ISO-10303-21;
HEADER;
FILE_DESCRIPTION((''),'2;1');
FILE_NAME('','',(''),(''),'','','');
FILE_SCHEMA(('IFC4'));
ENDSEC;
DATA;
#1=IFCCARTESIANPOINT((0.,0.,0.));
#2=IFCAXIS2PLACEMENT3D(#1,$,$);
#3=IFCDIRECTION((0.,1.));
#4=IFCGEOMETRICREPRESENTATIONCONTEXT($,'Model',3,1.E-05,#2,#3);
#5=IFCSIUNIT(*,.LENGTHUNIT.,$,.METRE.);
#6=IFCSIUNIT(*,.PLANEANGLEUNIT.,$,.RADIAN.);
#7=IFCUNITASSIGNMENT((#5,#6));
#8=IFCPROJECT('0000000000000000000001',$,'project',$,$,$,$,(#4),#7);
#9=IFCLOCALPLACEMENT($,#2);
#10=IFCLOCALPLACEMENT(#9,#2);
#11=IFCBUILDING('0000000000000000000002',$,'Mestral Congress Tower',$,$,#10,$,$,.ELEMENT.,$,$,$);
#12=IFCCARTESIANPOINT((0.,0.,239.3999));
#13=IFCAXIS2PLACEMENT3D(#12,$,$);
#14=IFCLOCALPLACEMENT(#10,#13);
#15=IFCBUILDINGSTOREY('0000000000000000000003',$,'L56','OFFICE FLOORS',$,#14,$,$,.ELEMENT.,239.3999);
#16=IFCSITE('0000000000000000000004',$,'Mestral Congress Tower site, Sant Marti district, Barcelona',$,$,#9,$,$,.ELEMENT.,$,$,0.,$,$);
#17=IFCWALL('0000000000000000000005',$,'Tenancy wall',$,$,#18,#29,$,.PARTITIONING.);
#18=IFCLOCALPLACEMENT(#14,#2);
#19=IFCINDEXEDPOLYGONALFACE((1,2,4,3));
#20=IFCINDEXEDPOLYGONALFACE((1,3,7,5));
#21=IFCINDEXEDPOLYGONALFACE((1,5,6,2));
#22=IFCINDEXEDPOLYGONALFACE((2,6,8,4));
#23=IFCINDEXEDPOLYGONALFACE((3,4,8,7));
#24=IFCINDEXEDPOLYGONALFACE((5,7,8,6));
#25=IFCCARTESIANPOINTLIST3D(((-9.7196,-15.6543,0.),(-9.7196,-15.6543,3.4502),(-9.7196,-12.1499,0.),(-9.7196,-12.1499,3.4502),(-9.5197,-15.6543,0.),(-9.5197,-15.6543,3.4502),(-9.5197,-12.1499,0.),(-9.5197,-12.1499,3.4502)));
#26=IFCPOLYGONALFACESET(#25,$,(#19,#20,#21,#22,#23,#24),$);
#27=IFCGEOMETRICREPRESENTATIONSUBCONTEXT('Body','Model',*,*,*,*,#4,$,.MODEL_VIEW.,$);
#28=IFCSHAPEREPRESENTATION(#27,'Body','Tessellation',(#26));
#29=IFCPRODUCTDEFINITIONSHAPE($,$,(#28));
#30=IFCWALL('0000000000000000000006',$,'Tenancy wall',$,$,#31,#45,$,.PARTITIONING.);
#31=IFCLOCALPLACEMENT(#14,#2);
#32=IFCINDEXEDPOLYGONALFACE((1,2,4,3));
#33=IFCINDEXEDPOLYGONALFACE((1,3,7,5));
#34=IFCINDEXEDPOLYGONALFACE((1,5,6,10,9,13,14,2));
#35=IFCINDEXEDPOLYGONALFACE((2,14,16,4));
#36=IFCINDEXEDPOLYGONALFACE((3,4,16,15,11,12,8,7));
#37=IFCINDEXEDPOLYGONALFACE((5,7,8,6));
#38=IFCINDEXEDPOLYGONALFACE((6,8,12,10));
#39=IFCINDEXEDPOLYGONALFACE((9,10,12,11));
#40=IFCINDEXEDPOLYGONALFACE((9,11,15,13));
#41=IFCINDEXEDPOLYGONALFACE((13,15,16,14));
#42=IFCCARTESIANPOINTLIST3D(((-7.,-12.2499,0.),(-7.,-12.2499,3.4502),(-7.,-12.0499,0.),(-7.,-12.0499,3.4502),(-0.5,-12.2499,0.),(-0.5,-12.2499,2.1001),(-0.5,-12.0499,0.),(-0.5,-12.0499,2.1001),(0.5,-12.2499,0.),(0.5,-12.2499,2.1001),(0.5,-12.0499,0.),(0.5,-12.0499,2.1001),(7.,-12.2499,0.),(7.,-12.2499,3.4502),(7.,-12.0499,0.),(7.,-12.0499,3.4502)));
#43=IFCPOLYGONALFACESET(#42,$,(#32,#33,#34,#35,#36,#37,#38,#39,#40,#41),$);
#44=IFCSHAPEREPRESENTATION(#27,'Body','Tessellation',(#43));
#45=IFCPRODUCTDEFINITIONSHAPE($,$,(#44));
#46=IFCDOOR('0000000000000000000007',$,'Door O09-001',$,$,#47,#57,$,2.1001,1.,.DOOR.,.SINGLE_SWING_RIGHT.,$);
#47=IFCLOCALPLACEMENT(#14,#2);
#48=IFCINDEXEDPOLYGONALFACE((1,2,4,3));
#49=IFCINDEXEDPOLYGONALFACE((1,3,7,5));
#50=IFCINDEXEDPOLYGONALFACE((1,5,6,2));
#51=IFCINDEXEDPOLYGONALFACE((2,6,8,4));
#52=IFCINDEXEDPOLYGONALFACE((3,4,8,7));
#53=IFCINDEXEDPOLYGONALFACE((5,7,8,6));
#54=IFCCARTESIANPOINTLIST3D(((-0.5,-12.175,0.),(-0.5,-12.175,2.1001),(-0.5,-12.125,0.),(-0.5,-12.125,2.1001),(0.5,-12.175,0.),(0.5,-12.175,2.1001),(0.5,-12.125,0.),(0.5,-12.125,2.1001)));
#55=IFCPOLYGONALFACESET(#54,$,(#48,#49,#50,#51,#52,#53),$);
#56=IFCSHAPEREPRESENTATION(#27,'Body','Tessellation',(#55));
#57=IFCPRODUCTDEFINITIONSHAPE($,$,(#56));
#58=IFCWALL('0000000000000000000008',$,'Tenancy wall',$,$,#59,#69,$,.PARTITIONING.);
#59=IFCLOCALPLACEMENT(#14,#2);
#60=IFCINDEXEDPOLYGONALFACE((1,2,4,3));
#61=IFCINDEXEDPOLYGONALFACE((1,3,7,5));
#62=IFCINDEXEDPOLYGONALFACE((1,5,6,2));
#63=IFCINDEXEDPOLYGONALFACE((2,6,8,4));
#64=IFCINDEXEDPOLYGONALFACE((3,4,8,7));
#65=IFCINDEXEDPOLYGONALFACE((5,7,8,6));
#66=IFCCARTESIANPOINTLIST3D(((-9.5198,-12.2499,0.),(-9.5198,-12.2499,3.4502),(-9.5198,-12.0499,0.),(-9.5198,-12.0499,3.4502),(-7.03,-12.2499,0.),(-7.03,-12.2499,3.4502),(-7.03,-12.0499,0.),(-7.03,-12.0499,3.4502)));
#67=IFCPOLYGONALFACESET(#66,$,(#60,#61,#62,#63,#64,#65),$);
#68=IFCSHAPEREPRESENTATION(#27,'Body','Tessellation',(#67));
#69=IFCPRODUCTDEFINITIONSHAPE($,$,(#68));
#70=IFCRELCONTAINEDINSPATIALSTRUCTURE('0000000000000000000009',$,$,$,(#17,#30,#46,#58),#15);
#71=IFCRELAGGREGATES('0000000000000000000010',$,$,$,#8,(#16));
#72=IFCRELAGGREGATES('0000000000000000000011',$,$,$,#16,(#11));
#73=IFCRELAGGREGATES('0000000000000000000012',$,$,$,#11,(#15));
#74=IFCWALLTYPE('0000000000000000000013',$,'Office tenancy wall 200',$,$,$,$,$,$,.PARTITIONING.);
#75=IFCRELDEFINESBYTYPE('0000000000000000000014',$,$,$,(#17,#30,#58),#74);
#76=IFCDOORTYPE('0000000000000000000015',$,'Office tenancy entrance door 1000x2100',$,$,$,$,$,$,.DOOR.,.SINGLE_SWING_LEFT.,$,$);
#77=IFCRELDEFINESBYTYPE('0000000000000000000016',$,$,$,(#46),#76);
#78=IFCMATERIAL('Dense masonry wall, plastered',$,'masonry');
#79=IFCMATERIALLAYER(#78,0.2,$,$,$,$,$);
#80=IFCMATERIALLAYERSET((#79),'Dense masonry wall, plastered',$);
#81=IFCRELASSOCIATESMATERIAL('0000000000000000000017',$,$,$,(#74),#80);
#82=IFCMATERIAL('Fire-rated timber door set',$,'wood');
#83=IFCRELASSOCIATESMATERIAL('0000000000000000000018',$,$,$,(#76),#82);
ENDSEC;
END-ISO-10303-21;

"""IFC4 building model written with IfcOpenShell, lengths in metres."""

from ifc_helpers import new_model, si_unit, direction, frame, frame_2d, origin, place, context, subcontext, project, spatial, rectangle, extrude, material, layer, layer_set, type_object, element, fill, save


model = new_model("IFC4")

# Units and contexts
model_context = context("Model", 3, precision=1e-05, world=origin(), true_north=direction((0.0, 1.0)))
body_context = subcontext(model_context, "Body", "Model", "MODEL_VIEW")
ifc_project = project(units=[si_unit("LENGTHUNIT", "METRE"), si_unit("PLANEANGLEUNIT", "RADIAN")], contexts=[model_context])

# Site, building, storey
site_placement = place(None, origin())
site = spatial("IfcSite", under=ifc_project, at=site_placement, Name="Mestral Congress Tower site, Sant Marti district, Barcelona", CompositionType="ELEMENT", RefElevation=0.0)
building_placement = place(site_placement, origin())
building = spatial("IfcBuilding", under=site, at=building_placement, Name="Mestral Congress Tower", CompositionType="ELEMENT")
storey_placement = place(building_placement, frame((0.0, 0.0, 239.3999)))
storey = spatial("IfcBuildingStorey", under=building, at=storey_placement, Name="L56", Description="OFFICE FLOORS", CompositionType="ELEMENT", Elevation=239.3999)

# Wall
ifc_material_1 = material(Name="Dense masonry wall, plastered", Category="masonry")
ifc_layer_1 = layer(ifc_material_1, 0.2)
ifc_layer_set_1 = layer_set([ifc_layer_1], Name="Dense masonry wall, plastered")
wall_type_1 = type_object("IfcWallType", Name="Office tenancy wall 200", PredefinedType="PARTITIONING", material=ifc_layer_set_1)
wall_1_placement = place(storey_placement, frame((-9.6196, -15.6543, 0.0), z_axis=(0.0, 0.0, 1.0), x_axis=(0.0, 1.0, 0.0)))
element("IfcWall", 1, at=wall_1_placement, inside=storey, type_object=wall_type_1, Name="Tenancy wall", PredefinedType="PARTITIONING", context=body_context, shape_type="SweptSolid", body=[
    extrude(rectangle(XDim=3.5044, YDim=0.2, at=frame_2d((1.7522, 0.0))), origin(), (0.0, 0.0, 1.0), 3.4502),
])

# Wall, opening, door
wall_2_placement = place(storey_placement, frame((-7.0, -12.1499, 0.0), z_axis=(0.0, 0.0, 1.0), x_axis=(1.0, 0.0, 0.0)))
wall_2 = element("IfcWall", 2, at=wall_2_placement, inside=storey, type_object=wall_type_1, Name="Tenancy wall", PredefinedType="PARTITIONING", context=body_context, shape_type="SweptSolid", body=[
    extrude(rectangle(XDim=14.0, YDim=0.2, at=frame_2d((7.0, 0.0))), origin(), (0.0, 0.0, 1.0), 3.4502),
])
opening_1_placement = place(wall_2_placement, frame((6.5, 0.0, 0.0)))
opening_1 = element("IfcOpeningElement", 3, at=opening_1_placement, cuts=wall_2, PredefinedType="OPENING", context=body_context, shape_type="SweptSolid", body=[
    extrude(rectangle(XDim=1.0, YDim=2.1001, at=frame_2d((0.5, 1.05))), frame((0.0, 0.1099, 0.0), z_axis=(0.0, -1.0, 0.0), x_axis=(1.0, 0.0, 0.0)), (0.0, 0.0, 1.0), 0.22),
])
ifc_material_2 = material(Name="Fire-rated timber door set", Category="wood")
door_type_1 = type_object("IfcDoorType", Name="Office tenancy entrance door 1000x2100", OperationType="SINGLE_SWING_LEFT", PredefinedType="DOOR", material=ifc_material_2)
door_1_placement = place(opening_1_placement, origin())
door_1 = element("IfcDoor", 4, at=door_1_placement, inside=storey, type_object=door_type_1, Name="Door O09-001", OperationType="SINGLE_SWING_RIGHT", OverallHeight=2.1001, OverallWidth=1.0, PredefinedType="DOOR", context=body_context, shape_type="SweptSolid", body=[
    extrude(rectangle(XDim=1.0, YDim=2.1001, at=frame_2d((0.5, 1.05))), frame((0.0, 0.0249, 0.0), z_axis=(0.0, -1.0, 0.0), x_axis=(1.0, 0.0, 0.0)), (0.0, 0.0, 1.0), 0.05),
])
fill(opening_1, door_1)

# Wall
wall_3_placement = place(storey_placement, frame((-9.5198, -12.1499, 0.0), z_axis=(0.0, 0.0, 1.0), x_axis=(1.0, 0.0, 0.0)))
element("IfcWall", 5, at=wall_3_placement, inside=storey, type_object=wall_type_1, Name="Tenancy wall", PredefinedType="PARTITIONING", context=body_context, shape_type="SweptSolid", body=[
    extrude(rectangle(XDim=2.4897, YDim=0.2, at=frame_2d((1.2449, 0.0))), origin(), (0.0, 0.0, 1.0), 3.4502),
])

save(model, "model.ifc")
